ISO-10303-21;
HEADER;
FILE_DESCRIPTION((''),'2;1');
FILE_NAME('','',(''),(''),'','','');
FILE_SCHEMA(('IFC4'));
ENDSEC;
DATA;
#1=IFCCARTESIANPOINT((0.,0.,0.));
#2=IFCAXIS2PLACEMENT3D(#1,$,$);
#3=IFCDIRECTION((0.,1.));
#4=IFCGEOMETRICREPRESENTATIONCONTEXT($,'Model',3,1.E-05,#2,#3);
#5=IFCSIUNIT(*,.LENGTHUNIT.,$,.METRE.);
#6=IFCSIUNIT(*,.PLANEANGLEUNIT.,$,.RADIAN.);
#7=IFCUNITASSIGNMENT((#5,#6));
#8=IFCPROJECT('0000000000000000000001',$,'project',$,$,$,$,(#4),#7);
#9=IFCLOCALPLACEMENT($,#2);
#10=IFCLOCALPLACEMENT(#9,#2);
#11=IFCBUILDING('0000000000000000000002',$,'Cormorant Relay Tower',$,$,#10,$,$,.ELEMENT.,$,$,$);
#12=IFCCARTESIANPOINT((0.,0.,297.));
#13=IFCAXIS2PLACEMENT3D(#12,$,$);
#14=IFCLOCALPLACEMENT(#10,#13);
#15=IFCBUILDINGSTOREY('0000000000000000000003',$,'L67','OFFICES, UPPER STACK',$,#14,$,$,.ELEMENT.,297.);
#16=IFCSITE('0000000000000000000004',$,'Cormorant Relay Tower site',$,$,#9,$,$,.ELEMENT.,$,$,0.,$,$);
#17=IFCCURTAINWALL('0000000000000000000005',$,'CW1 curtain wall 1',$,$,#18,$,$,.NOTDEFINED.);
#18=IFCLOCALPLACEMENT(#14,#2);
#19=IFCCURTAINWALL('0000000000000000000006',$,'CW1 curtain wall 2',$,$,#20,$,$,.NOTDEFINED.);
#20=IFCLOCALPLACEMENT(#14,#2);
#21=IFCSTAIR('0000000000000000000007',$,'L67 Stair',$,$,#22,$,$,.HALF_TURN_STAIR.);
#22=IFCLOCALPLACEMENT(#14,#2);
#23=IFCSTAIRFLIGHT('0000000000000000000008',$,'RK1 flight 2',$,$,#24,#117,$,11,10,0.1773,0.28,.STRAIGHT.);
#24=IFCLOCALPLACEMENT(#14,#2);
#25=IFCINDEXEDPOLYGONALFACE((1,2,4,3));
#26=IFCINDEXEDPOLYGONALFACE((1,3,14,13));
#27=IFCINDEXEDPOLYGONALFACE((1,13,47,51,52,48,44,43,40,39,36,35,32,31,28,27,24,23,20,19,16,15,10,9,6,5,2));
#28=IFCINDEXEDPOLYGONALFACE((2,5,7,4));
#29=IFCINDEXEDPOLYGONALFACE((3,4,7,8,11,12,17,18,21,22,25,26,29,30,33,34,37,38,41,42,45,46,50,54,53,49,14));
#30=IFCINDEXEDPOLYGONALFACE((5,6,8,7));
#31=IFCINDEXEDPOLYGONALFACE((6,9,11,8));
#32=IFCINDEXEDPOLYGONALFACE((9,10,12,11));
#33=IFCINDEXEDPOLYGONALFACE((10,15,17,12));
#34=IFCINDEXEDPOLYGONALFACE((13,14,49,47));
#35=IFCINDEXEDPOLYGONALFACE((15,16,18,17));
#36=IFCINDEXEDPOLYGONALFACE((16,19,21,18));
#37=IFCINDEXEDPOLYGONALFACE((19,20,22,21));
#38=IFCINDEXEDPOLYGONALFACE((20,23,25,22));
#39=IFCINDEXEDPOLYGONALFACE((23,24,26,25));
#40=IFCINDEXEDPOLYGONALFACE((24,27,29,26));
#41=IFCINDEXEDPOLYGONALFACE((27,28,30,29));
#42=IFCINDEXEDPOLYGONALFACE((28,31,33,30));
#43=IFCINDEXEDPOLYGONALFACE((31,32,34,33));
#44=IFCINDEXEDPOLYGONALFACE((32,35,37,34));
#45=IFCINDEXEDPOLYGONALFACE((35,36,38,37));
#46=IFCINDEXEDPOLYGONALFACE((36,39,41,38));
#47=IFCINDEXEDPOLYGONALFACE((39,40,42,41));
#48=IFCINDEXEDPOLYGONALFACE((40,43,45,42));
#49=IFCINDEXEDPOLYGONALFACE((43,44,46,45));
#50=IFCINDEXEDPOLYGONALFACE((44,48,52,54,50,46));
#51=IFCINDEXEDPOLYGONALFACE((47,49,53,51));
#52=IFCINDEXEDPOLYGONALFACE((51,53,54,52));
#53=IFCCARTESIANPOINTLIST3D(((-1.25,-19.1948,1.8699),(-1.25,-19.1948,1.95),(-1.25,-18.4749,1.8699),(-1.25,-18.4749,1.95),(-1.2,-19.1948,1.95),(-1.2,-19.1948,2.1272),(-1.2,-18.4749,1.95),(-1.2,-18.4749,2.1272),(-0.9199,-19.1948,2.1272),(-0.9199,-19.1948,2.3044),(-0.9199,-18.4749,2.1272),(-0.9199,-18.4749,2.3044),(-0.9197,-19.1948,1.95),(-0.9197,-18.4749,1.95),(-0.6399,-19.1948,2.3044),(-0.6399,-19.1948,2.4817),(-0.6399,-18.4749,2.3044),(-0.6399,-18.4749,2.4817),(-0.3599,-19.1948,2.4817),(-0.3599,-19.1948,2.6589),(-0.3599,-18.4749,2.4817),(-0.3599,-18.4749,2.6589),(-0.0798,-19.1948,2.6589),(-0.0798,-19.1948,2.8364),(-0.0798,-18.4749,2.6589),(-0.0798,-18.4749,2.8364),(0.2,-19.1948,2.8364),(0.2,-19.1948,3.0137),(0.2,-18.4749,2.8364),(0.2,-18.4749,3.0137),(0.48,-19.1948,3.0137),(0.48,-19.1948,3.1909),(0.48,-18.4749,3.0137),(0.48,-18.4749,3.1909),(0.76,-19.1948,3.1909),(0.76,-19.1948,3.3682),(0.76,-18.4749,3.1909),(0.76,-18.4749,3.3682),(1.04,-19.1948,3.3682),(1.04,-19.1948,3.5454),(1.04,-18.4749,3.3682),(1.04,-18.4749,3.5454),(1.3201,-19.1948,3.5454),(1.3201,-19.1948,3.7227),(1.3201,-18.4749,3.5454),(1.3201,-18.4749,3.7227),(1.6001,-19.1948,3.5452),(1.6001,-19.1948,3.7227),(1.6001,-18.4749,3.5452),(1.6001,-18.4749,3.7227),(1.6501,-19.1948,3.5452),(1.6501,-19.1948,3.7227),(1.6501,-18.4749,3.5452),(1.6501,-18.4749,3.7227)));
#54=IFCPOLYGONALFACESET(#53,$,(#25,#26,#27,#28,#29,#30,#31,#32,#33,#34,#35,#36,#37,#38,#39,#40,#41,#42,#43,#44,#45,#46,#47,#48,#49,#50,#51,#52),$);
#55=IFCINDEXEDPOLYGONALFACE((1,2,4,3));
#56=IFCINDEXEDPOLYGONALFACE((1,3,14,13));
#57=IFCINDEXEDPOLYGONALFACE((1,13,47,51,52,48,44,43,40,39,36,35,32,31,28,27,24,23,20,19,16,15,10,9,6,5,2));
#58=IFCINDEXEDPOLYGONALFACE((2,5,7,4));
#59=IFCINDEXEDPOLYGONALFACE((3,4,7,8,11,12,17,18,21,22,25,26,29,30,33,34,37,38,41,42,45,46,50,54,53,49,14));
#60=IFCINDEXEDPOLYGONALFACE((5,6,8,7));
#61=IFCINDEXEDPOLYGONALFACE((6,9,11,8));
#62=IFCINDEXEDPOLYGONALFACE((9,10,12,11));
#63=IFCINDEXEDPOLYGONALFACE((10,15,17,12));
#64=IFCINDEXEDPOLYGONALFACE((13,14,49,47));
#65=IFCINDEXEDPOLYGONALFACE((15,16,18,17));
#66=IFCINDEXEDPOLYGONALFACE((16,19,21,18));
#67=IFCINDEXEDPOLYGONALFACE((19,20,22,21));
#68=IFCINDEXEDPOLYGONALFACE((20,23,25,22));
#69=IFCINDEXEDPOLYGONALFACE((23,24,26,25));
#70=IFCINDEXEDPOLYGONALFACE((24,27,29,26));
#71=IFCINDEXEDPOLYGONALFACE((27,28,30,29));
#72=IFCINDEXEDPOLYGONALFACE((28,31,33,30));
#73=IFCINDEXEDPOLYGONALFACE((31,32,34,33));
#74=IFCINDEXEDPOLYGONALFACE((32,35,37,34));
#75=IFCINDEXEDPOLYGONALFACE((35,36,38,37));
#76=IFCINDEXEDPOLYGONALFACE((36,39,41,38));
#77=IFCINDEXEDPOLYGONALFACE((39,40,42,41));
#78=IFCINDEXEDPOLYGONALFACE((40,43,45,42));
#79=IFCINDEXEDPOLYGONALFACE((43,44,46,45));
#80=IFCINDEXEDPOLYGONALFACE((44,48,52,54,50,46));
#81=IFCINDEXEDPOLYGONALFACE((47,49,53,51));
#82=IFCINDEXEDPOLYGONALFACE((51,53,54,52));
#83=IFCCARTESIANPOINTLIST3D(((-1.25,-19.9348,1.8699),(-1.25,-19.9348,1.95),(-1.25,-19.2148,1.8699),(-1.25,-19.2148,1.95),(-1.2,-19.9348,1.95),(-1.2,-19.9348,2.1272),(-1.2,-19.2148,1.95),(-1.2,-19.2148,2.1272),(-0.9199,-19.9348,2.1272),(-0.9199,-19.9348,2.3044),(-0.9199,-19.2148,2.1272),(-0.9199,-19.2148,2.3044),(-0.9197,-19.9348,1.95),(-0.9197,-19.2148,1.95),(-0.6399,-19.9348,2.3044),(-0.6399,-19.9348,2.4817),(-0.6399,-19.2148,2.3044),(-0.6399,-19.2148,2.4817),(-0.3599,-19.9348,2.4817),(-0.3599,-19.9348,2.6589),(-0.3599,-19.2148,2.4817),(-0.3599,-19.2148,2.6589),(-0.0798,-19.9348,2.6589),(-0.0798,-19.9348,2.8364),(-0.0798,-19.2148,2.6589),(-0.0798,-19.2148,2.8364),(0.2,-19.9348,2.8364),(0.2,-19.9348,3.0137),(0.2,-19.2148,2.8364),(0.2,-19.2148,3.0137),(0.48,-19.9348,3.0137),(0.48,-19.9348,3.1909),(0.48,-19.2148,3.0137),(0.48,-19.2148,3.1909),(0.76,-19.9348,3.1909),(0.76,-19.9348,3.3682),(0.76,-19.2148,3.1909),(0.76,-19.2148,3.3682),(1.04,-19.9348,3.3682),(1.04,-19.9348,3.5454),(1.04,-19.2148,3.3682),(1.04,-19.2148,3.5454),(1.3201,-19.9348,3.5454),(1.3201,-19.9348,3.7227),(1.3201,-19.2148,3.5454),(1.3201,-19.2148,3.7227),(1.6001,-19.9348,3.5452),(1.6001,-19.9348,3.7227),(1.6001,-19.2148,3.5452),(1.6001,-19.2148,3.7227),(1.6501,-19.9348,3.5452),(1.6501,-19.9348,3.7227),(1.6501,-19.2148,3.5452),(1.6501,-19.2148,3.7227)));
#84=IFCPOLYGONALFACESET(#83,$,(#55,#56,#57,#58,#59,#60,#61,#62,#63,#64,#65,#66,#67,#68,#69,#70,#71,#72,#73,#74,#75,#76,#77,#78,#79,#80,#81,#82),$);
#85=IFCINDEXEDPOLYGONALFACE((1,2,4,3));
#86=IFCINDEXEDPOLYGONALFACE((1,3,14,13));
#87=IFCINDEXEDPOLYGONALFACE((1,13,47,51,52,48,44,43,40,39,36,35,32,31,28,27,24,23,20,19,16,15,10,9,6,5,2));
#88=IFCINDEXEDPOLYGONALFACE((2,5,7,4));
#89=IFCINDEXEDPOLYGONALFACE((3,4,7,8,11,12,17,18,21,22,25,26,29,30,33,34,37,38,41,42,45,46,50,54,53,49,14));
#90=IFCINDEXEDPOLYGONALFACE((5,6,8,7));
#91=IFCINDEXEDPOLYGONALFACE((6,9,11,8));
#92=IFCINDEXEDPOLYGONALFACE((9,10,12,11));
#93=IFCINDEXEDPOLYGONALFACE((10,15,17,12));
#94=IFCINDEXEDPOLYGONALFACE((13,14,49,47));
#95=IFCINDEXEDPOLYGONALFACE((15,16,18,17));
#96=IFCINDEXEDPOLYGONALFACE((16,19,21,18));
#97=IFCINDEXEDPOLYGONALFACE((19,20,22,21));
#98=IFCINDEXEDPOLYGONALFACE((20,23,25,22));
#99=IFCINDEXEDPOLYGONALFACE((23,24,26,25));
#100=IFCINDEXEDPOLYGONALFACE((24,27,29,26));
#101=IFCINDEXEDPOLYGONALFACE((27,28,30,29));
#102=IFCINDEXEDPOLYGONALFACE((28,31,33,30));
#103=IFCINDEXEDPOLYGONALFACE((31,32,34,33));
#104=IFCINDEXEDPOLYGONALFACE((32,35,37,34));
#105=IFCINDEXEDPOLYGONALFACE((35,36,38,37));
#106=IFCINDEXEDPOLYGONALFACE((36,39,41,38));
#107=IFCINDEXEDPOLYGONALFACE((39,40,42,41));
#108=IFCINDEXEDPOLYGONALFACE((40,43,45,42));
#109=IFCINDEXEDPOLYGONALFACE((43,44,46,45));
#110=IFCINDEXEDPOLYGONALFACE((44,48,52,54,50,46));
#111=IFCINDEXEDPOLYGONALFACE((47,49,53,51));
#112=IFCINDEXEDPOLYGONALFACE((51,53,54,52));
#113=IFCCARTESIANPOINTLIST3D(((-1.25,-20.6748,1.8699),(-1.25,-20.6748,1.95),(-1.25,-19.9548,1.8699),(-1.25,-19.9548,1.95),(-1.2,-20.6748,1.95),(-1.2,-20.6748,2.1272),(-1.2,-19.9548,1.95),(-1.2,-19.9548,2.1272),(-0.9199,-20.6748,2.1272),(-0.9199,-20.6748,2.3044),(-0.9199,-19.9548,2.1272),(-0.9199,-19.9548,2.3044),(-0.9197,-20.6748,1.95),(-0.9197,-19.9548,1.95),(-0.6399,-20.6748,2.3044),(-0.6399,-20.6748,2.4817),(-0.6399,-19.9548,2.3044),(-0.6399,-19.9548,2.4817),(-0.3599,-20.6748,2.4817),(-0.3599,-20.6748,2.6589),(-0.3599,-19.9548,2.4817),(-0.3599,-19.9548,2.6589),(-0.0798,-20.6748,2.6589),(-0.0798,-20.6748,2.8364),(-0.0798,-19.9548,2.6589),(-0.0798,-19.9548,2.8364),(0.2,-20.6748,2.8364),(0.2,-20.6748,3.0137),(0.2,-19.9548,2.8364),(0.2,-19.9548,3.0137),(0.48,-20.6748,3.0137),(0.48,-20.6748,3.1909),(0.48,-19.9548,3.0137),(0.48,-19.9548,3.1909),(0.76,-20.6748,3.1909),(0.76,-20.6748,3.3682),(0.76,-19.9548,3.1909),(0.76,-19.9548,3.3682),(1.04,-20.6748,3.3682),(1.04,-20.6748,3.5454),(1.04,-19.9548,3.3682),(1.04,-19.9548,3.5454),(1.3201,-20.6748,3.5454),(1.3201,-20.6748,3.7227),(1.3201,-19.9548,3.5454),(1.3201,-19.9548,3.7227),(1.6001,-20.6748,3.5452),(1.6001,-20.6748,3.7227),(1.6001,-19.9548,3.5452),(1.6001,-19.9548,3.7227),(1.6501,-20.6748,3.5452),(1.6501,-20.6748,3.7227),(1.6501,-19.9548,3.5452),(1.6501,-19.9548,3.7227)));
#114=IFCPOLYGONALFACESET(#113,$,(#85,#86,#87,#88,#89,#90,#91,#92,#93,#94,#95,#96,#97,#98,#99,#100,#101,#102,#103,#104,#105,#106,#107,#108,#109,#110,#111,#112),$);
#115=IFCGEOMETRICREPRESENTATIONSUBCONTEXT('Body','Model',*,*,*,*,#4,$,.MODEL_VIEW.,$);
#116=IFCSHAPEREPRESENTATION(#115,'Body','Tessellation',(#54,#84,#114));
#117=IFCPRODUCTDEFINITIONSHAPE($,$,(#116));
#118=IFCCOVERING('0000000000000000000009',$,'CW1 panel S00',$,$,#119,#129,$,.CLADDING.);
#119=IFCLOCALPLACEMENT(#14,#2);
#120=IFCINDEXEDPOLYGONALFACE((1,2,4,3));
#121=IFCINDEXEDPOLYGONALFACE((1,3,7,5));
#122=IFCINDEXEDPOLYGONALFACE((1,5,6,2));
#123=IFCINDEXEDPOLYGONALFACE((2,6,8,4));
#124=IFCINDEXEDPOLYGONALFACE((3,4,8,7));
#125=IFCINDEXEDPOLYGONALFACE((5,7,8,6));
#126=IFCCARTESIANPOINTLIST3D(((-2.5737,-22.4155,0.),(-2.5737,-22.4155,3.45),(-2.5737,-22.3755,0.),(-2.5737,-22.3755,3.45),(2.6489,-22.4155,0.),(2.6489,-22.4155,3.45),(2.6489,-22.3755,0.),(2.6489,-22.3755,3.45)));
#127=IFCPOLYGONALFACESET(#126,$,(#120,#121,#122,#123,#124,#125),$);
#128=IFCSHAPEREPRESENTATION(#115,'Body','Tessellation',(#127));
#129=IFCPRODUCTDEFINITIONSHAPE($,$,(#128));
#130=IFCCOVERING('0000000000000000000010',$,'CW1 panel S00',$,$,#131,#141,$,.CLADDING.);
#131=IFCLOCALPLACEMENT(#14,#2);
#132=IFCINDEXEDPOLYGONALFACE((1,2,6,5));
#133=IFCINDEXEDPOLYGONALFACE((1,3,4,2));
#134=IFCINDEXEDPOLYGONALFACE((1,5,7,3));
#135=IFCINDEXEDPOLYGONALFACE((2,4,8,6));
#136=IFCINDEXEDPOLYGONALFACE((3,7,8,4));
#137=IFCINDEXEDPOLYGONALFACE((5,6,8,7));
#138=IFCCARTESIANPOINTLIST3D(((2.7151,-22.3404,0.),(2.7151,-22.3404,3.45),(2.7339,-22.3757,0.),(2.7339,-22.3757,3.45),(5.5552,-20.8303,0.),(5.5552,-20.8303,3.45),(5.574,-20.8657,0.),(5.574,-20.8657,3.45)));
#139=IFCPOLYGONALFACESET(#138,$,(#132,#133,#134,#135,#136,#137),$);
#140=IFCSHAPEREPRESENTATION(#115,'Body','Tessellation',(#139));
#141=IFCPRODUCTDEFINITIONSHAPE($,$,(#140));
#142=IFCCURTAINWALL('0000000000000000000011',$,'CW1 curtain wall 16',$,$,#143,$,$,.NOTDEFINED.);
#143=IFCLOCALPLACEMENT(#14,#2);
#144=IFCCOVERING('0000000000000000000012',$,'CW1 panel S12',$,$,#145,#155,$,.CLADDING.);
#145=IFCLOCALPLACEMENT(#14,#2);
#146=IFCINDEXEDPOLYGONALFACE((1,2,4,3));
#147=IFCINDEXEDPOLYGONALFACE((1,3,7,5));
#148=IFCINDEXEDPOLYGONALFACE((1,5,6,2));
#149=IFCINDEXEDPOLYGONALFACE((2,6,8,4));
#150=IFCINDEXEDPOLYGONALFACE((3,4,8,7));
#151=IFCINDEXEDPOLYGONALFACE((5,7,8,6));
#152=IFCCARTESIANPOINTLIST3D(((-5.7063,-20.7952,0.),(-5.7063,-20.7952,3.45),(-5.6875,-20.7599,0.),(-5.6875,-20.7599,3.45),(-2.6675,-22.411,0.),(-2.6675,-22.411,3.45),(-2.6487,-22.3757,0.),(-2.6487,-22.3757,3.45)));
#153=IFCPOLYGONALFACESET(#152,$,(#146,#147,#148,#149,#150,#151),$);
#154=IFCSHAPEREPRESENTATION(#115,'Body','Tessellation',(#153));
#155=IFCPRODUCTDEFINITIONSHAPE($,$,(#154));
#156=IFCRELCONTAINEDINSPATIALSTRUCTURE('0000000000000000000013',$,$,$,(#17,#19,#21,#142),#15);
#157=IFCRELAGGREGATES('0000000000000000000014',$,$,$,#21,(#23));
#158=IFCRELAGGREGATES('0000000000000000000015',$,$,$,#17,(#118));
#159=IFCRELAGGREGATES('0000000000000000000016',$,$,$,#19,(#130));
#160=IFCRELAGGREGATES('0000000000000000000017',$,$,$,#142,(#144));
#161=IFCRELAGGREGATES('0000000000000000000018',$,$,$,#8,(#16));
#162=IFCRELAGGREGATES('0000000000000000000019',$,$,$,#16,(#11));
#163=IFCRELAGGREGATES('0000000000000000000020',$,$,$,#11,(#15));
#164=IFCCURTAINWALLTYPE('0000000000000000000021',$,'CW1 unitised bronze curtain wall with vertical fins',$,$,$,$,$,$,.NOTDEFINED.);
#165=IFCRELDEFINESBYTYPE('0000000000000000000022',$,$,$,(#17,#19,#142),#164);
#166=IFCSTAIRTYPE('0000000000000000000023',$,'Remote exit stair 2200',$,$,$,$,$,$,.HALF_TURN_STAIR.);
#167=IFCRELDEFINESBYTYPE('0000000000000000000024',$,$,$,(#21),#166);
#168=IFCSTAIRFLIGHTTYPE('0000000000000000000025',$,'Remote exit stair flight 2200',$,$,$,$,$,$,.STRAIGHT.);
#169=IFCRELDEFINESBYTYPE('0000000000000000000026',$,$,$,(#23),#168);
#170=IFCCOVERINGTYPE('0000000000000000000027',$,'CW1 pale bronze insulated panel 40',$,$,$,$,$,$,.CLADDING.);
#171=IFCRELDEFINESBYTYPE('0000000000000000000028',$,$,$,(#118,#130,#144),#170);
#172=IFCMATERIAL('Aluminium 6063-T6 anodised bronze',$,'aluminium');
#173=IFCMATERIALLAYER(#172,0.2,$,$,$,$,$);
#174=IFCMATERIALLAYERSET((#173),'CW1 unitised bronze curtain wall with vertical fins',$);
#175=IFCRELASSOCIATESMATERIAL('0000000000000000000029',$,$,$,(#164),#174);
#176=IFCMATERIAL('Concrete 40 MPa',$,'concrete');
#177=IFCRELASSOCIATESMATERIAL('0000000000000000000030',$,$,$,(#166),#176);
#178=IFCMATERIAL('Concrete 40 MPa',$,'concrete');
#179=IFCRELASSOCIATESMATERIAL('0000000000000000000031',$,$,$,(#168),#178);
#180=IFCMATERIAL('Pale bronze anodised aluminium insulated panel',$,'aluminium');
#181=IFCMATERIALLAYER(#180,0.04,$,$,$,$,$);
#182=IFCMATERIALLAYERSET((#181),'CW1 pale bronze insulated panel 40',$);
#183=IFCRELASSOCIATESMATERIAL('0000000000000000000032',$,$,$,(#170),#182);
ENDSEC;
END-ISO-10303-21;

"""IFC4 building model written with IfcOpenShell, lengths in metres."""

from ifc_helpers import new_model, si_unit, direction, frame, origin, origin_2d, place, context, subcontext, project, spatial, polyline, rectangle, outline, extrude, material, layer, layer_set, type_object, element, aggregate, save


model = new_model("IFC4")

# Units and contexts
model_context = context("Model", 3, precision=1e-05, world=origin(), true_north=direction((0.0, 1.0)))
body_context = subcontext(model_context, "Body", "Model", "MODEL_VIEW")
ifc_project = project(units=[si_unit("LENGTHUNIT", "METRE"), si_unit("PLANEANGLEUNIT", "RADIAN")], contexts=[model_context])

# Site, building, storey
site_placement = place(None, origin())
site = spatial("IfcSite", under=ifc_project, at=site_placement, Name="Cormorant Relay Tower site", CompositionType="ELEMENT", RefElevation=0.0)
building_placement = place(site_placement, origin())
building = spatial("IfcBuilding", under=site, at=building_placement, Name="Cormorant Relay Tower", CompositionType="ELEMENT")
storey_placement = place(building_placement, frame((0.0, 0.0, 297.0)))
storey = spatial("IfcBuildingStorey", under=building, at=storey_placement, Name="L67", Description="OFFICES, UPPER STACK", CompositionType="ELEMENT", Elevation=297.0)

# Curtain wall
ifc_material_1 = material(Name="Aluminium 6063-T6 anodised bronze", Category="aluminium")
ifc_layer_1 = layer(ifc_material_1, 0.2)
ifc_layer_set_1 = layer_set([ifc_layer_1], Name="CW1 unitised bronze curtain wall with vertical fins")
curtain_wall_type = type_object("IfcCurtainWallType", Name="CW1 unitised bronze curtain wall with vertical fins", PredefinedType="NOTDEFINED", material=ifc_layer_set_1)
curtain_wall_1_placement = place(storey_placement, origin())
curtain_wall_1 = element("IfcCurtainWall", 1, at=curtain_wall_1_placement, inside=storey, type_object=curtain_wall_type, Name="CW1 curtain wall 1", PredefinedType="NOTDEFINED")

# Curtain wall
curtain_wall_2_placement = place(storey_placement, origin())
curtain_wall_2 = element("IfcCurtainWall", 2, at=curtain_wall_2_placement, inside=storey, type_object=curtain_wall_type, Name="CW1 curtain wall 2", PredefinedType="NOTDEFINED")

# Stair, stair flight
ifc_material_2 = material(Name="Concrete 40 MPa", Category="concrete")
stair_type = type_object("IfcStairType", Name="Remote exit stair 2200", PredefinedType="HALF_TURN_STAIR", material=ifc_material_2)
stair_placement = place(storey_placement, origin())
stair = element("IfcStair", 3, at=stair_placement, inside=storey, type_object=stair_type, Name="L67 Stair", PredefinedType="HALF_TURN_STAIR")
ifc_material_3 = material(Name="Concrete 40 MPa", Category="concrete")
stair_flight_type = type_object("IfcStairFlightType", Name="Remote exit stair flight 2200", PredefinedType="STRAIGHT", material=ifc_material_3)
stair_flight_placement = place(storey_placement, frame((-1.2, -19.575, 1.95), z_axis=(0.0, 0.0, 1.0), x_axis=(1.0, 0.0, 0.0)))
stair_flight = element("IfcStairFlight", 4, at=stair_flight_placement, type_object=stair_flight_type, Name="RK1 flight 2", NumberOfRisers=11, NumberOfTreads=10, PredefinedType="STRAIGHT", RiserHeight=0.1773, TreadLength=0.28, context=body_context, shape_type="SweptSolid", body=[
    extrude(outline(polyline([(-0.05, -0.0801), (-0.05, 0.0), (0.0, 0.0), (0.0, 0.1772), (0.28, 0.1772), (0.28, 0.3545), (0.5601, 0.3545), (0.5601, 0.5317), (0.8401, 0.5317), (0.8401, 0.709), (1.1201, 0.709), (1.1201, 0.8865), (1.3999, 0.8865), (1.3999, 1.0637), (1.6799, 1.0637), (1.6799, 1.241), (1.96, 1.241), (1.96, 1.4182), (2.24, 1.4182), (2.24, 1.5955), (2.52, 1.5955), (2.52, 1.7727), (2.8, 1.7727), (2.8501, 1.7727), (2.8501, 1.5952), (2.8, 1.5952), (0.2803, 0.0), (-0.05, -0.0801)])), frame((0.0, 1.1001, 0.0), z_axis=(0.0, -1.0, 0.0), x_axis=(1.0, 0.0, 0.0)), (0.0, 0.0, 1.0), 0.72),
    extrude(outline(polyline([(-0.05, -0.0801), (-0.05, 0.0), (0.0, 0.0), (0.0, 0.1772), (0.28, 0.1772), (0.28, 0.3545), (0.5601, 0.3545), (0.5601, 0.5317), (0.8401, 0.5317), (0.8401, 0.709), (1.1201, 0.709), (1.1201, 0.8865), (1.3999, 0.8865), (1.3999, 1.0637), (1.6799, 1.0637), (1.6799, 1.241), (1.96, 1.241), (1.96, 1.4182), (2.24, 1.4182), (2.24, 1.5955), (2.52, 1.5955), (2.52, 1.7727), (2.8, 1.7727), (2.8501, 1.7727), (2.8501, 1.5952), (2.8, 1.5952), (0.2803, 0.0), (-0.05, -0.0801)])), frame((0.0, 0.3601, 0.0), z_axis=(0.0, -1.0, 0.0), x_axis=(1.0, 0.0, 0.0)), (0.0, 0.0, 1.0), 0.72),
    extrude(outline(polyline([(-0.05, -0.0801), (-0.05, 0.0), (0.0, 0.0), (0.0, 0.1772), (0.28, 0.1772), (0.28, 0.3545), (0.5601, 0.3545), (0.5601, 0.5317), (0.8401, 0.5317), (0.8401, 0.709), (1.1201, 0.709), (1.1201, 0.8865), (1.3999, 0.8865), (1.3999, 1.0637), (1.6799, 1.0637), (1.6799, 1.241), (1.96, 1.241), (1.96, 1.4182), (2.24, 1.4182), (2.24, 1.5955), (2.52, 1.5955), (2.52, 1.7727), (2.8, 1.7727), (2.8501, 1.7727), (2.8501, 1.5952), (2.8, 1.5952), (0.2803, 0.0), (-0.05, -0.0801)])), frame((0.0, -0.3799, 0.0), z_axis=(0.0, -1.0, 0.0), x_axis=(1.0, 0.0, 0.0)), (0.0, 0.0, 1.0), 0.72),
])
aggregate(stair, [stair_flight])

# Coverings
ifc_material_4 = material(Name="Pale bronze anodised aluminium insulated panel", Category="aluminium")
ifc_layer_2 = layer(ifc_material_4, 0.04)
ifc_layer_set_2 = layer_set([ifc_layer_2], Name="CW1 pale bronze insulated panel 40")
covering_type = type_object("IfcCoveringType", Name="CW1 pale bronze insulated panel 40", PredefinedType="CLADDING", material=ifc_layer_set_2)
covering_1_placement = place(storey_placement, frame((0.0376, -22.3955, 0.0), z_axis=(0.0, 0.0, 1.0), x_axis=(1.0, 0.0, 0.0)))
covering_1 = element("IfcCovering", 5, at=covering_1_placement, type_object=covering_type, Name="CW1 panel S00", PredefinedType="CLADDING", context=body_context, shape_type="SweptSolid", body=[
    extrude(rectangle(XDim=5.2227, YDim=0.04, at=origin_2d()), origin(), (0.0, 0.0, 1.0), 3.45),
])
aggregate(curtain_wall_1, [covering_1])
covering_2_placement = place(storey_placement, frame((4.1445, -21.603, 0.0), z_axis=(0.0, 0.0, 1.0), x_axis=(0.882948, 0.469472, 0.0)))
covering_2 = element("IfcCovering", 6, at=covering_2_placement, type_object=covering_type, Name="CW1 panel S00", PredefinedType="CLADDING", context=body_context, shape_type="SweptSolid", body=[
    extrude(rectangle(XDim=3.2166, YDim=0.04, at=origin_2d()), origin(), (0.0, 0.0, 1.0), 3.45),
])
aggregate(curtain_wall_2, [covering_2])

# Curtain wall, covering
curtain_wall_3_placement = place(storey_placement, origin())
curtain_wall_3 = element("IfcCurtainWall", 7, at=curtain_wall_3_placement, inside=storey, type_object=curtain_wall_type, Name="CW1 curtain wall 16", PredefinedType="NOTDEFINED")
covering_3_placement = place(storey_placement, frame((-4.1775, -21.5854, 0.0), z_axis=(0.0, 0.0, 1.0), x_axis=(0.882948, -0.469472, 0.0)))
covering_3 = element("IfcCovering", 8, at=covering_3_placement, type_object=covering_type, Name="CW1 panel S12", PredefinedType="CLADDING", context=body_context, shape_type="SweptSolid", body=[
    extrude(rectangle(XDim=3.4417, YDim=0.04, at=origin_2d()), origin(), (0.0, 0.0, 1.0), 3.45),
])
aggregate(curtain_wall_3, [covering_3])

save(model, "model.ifc")
